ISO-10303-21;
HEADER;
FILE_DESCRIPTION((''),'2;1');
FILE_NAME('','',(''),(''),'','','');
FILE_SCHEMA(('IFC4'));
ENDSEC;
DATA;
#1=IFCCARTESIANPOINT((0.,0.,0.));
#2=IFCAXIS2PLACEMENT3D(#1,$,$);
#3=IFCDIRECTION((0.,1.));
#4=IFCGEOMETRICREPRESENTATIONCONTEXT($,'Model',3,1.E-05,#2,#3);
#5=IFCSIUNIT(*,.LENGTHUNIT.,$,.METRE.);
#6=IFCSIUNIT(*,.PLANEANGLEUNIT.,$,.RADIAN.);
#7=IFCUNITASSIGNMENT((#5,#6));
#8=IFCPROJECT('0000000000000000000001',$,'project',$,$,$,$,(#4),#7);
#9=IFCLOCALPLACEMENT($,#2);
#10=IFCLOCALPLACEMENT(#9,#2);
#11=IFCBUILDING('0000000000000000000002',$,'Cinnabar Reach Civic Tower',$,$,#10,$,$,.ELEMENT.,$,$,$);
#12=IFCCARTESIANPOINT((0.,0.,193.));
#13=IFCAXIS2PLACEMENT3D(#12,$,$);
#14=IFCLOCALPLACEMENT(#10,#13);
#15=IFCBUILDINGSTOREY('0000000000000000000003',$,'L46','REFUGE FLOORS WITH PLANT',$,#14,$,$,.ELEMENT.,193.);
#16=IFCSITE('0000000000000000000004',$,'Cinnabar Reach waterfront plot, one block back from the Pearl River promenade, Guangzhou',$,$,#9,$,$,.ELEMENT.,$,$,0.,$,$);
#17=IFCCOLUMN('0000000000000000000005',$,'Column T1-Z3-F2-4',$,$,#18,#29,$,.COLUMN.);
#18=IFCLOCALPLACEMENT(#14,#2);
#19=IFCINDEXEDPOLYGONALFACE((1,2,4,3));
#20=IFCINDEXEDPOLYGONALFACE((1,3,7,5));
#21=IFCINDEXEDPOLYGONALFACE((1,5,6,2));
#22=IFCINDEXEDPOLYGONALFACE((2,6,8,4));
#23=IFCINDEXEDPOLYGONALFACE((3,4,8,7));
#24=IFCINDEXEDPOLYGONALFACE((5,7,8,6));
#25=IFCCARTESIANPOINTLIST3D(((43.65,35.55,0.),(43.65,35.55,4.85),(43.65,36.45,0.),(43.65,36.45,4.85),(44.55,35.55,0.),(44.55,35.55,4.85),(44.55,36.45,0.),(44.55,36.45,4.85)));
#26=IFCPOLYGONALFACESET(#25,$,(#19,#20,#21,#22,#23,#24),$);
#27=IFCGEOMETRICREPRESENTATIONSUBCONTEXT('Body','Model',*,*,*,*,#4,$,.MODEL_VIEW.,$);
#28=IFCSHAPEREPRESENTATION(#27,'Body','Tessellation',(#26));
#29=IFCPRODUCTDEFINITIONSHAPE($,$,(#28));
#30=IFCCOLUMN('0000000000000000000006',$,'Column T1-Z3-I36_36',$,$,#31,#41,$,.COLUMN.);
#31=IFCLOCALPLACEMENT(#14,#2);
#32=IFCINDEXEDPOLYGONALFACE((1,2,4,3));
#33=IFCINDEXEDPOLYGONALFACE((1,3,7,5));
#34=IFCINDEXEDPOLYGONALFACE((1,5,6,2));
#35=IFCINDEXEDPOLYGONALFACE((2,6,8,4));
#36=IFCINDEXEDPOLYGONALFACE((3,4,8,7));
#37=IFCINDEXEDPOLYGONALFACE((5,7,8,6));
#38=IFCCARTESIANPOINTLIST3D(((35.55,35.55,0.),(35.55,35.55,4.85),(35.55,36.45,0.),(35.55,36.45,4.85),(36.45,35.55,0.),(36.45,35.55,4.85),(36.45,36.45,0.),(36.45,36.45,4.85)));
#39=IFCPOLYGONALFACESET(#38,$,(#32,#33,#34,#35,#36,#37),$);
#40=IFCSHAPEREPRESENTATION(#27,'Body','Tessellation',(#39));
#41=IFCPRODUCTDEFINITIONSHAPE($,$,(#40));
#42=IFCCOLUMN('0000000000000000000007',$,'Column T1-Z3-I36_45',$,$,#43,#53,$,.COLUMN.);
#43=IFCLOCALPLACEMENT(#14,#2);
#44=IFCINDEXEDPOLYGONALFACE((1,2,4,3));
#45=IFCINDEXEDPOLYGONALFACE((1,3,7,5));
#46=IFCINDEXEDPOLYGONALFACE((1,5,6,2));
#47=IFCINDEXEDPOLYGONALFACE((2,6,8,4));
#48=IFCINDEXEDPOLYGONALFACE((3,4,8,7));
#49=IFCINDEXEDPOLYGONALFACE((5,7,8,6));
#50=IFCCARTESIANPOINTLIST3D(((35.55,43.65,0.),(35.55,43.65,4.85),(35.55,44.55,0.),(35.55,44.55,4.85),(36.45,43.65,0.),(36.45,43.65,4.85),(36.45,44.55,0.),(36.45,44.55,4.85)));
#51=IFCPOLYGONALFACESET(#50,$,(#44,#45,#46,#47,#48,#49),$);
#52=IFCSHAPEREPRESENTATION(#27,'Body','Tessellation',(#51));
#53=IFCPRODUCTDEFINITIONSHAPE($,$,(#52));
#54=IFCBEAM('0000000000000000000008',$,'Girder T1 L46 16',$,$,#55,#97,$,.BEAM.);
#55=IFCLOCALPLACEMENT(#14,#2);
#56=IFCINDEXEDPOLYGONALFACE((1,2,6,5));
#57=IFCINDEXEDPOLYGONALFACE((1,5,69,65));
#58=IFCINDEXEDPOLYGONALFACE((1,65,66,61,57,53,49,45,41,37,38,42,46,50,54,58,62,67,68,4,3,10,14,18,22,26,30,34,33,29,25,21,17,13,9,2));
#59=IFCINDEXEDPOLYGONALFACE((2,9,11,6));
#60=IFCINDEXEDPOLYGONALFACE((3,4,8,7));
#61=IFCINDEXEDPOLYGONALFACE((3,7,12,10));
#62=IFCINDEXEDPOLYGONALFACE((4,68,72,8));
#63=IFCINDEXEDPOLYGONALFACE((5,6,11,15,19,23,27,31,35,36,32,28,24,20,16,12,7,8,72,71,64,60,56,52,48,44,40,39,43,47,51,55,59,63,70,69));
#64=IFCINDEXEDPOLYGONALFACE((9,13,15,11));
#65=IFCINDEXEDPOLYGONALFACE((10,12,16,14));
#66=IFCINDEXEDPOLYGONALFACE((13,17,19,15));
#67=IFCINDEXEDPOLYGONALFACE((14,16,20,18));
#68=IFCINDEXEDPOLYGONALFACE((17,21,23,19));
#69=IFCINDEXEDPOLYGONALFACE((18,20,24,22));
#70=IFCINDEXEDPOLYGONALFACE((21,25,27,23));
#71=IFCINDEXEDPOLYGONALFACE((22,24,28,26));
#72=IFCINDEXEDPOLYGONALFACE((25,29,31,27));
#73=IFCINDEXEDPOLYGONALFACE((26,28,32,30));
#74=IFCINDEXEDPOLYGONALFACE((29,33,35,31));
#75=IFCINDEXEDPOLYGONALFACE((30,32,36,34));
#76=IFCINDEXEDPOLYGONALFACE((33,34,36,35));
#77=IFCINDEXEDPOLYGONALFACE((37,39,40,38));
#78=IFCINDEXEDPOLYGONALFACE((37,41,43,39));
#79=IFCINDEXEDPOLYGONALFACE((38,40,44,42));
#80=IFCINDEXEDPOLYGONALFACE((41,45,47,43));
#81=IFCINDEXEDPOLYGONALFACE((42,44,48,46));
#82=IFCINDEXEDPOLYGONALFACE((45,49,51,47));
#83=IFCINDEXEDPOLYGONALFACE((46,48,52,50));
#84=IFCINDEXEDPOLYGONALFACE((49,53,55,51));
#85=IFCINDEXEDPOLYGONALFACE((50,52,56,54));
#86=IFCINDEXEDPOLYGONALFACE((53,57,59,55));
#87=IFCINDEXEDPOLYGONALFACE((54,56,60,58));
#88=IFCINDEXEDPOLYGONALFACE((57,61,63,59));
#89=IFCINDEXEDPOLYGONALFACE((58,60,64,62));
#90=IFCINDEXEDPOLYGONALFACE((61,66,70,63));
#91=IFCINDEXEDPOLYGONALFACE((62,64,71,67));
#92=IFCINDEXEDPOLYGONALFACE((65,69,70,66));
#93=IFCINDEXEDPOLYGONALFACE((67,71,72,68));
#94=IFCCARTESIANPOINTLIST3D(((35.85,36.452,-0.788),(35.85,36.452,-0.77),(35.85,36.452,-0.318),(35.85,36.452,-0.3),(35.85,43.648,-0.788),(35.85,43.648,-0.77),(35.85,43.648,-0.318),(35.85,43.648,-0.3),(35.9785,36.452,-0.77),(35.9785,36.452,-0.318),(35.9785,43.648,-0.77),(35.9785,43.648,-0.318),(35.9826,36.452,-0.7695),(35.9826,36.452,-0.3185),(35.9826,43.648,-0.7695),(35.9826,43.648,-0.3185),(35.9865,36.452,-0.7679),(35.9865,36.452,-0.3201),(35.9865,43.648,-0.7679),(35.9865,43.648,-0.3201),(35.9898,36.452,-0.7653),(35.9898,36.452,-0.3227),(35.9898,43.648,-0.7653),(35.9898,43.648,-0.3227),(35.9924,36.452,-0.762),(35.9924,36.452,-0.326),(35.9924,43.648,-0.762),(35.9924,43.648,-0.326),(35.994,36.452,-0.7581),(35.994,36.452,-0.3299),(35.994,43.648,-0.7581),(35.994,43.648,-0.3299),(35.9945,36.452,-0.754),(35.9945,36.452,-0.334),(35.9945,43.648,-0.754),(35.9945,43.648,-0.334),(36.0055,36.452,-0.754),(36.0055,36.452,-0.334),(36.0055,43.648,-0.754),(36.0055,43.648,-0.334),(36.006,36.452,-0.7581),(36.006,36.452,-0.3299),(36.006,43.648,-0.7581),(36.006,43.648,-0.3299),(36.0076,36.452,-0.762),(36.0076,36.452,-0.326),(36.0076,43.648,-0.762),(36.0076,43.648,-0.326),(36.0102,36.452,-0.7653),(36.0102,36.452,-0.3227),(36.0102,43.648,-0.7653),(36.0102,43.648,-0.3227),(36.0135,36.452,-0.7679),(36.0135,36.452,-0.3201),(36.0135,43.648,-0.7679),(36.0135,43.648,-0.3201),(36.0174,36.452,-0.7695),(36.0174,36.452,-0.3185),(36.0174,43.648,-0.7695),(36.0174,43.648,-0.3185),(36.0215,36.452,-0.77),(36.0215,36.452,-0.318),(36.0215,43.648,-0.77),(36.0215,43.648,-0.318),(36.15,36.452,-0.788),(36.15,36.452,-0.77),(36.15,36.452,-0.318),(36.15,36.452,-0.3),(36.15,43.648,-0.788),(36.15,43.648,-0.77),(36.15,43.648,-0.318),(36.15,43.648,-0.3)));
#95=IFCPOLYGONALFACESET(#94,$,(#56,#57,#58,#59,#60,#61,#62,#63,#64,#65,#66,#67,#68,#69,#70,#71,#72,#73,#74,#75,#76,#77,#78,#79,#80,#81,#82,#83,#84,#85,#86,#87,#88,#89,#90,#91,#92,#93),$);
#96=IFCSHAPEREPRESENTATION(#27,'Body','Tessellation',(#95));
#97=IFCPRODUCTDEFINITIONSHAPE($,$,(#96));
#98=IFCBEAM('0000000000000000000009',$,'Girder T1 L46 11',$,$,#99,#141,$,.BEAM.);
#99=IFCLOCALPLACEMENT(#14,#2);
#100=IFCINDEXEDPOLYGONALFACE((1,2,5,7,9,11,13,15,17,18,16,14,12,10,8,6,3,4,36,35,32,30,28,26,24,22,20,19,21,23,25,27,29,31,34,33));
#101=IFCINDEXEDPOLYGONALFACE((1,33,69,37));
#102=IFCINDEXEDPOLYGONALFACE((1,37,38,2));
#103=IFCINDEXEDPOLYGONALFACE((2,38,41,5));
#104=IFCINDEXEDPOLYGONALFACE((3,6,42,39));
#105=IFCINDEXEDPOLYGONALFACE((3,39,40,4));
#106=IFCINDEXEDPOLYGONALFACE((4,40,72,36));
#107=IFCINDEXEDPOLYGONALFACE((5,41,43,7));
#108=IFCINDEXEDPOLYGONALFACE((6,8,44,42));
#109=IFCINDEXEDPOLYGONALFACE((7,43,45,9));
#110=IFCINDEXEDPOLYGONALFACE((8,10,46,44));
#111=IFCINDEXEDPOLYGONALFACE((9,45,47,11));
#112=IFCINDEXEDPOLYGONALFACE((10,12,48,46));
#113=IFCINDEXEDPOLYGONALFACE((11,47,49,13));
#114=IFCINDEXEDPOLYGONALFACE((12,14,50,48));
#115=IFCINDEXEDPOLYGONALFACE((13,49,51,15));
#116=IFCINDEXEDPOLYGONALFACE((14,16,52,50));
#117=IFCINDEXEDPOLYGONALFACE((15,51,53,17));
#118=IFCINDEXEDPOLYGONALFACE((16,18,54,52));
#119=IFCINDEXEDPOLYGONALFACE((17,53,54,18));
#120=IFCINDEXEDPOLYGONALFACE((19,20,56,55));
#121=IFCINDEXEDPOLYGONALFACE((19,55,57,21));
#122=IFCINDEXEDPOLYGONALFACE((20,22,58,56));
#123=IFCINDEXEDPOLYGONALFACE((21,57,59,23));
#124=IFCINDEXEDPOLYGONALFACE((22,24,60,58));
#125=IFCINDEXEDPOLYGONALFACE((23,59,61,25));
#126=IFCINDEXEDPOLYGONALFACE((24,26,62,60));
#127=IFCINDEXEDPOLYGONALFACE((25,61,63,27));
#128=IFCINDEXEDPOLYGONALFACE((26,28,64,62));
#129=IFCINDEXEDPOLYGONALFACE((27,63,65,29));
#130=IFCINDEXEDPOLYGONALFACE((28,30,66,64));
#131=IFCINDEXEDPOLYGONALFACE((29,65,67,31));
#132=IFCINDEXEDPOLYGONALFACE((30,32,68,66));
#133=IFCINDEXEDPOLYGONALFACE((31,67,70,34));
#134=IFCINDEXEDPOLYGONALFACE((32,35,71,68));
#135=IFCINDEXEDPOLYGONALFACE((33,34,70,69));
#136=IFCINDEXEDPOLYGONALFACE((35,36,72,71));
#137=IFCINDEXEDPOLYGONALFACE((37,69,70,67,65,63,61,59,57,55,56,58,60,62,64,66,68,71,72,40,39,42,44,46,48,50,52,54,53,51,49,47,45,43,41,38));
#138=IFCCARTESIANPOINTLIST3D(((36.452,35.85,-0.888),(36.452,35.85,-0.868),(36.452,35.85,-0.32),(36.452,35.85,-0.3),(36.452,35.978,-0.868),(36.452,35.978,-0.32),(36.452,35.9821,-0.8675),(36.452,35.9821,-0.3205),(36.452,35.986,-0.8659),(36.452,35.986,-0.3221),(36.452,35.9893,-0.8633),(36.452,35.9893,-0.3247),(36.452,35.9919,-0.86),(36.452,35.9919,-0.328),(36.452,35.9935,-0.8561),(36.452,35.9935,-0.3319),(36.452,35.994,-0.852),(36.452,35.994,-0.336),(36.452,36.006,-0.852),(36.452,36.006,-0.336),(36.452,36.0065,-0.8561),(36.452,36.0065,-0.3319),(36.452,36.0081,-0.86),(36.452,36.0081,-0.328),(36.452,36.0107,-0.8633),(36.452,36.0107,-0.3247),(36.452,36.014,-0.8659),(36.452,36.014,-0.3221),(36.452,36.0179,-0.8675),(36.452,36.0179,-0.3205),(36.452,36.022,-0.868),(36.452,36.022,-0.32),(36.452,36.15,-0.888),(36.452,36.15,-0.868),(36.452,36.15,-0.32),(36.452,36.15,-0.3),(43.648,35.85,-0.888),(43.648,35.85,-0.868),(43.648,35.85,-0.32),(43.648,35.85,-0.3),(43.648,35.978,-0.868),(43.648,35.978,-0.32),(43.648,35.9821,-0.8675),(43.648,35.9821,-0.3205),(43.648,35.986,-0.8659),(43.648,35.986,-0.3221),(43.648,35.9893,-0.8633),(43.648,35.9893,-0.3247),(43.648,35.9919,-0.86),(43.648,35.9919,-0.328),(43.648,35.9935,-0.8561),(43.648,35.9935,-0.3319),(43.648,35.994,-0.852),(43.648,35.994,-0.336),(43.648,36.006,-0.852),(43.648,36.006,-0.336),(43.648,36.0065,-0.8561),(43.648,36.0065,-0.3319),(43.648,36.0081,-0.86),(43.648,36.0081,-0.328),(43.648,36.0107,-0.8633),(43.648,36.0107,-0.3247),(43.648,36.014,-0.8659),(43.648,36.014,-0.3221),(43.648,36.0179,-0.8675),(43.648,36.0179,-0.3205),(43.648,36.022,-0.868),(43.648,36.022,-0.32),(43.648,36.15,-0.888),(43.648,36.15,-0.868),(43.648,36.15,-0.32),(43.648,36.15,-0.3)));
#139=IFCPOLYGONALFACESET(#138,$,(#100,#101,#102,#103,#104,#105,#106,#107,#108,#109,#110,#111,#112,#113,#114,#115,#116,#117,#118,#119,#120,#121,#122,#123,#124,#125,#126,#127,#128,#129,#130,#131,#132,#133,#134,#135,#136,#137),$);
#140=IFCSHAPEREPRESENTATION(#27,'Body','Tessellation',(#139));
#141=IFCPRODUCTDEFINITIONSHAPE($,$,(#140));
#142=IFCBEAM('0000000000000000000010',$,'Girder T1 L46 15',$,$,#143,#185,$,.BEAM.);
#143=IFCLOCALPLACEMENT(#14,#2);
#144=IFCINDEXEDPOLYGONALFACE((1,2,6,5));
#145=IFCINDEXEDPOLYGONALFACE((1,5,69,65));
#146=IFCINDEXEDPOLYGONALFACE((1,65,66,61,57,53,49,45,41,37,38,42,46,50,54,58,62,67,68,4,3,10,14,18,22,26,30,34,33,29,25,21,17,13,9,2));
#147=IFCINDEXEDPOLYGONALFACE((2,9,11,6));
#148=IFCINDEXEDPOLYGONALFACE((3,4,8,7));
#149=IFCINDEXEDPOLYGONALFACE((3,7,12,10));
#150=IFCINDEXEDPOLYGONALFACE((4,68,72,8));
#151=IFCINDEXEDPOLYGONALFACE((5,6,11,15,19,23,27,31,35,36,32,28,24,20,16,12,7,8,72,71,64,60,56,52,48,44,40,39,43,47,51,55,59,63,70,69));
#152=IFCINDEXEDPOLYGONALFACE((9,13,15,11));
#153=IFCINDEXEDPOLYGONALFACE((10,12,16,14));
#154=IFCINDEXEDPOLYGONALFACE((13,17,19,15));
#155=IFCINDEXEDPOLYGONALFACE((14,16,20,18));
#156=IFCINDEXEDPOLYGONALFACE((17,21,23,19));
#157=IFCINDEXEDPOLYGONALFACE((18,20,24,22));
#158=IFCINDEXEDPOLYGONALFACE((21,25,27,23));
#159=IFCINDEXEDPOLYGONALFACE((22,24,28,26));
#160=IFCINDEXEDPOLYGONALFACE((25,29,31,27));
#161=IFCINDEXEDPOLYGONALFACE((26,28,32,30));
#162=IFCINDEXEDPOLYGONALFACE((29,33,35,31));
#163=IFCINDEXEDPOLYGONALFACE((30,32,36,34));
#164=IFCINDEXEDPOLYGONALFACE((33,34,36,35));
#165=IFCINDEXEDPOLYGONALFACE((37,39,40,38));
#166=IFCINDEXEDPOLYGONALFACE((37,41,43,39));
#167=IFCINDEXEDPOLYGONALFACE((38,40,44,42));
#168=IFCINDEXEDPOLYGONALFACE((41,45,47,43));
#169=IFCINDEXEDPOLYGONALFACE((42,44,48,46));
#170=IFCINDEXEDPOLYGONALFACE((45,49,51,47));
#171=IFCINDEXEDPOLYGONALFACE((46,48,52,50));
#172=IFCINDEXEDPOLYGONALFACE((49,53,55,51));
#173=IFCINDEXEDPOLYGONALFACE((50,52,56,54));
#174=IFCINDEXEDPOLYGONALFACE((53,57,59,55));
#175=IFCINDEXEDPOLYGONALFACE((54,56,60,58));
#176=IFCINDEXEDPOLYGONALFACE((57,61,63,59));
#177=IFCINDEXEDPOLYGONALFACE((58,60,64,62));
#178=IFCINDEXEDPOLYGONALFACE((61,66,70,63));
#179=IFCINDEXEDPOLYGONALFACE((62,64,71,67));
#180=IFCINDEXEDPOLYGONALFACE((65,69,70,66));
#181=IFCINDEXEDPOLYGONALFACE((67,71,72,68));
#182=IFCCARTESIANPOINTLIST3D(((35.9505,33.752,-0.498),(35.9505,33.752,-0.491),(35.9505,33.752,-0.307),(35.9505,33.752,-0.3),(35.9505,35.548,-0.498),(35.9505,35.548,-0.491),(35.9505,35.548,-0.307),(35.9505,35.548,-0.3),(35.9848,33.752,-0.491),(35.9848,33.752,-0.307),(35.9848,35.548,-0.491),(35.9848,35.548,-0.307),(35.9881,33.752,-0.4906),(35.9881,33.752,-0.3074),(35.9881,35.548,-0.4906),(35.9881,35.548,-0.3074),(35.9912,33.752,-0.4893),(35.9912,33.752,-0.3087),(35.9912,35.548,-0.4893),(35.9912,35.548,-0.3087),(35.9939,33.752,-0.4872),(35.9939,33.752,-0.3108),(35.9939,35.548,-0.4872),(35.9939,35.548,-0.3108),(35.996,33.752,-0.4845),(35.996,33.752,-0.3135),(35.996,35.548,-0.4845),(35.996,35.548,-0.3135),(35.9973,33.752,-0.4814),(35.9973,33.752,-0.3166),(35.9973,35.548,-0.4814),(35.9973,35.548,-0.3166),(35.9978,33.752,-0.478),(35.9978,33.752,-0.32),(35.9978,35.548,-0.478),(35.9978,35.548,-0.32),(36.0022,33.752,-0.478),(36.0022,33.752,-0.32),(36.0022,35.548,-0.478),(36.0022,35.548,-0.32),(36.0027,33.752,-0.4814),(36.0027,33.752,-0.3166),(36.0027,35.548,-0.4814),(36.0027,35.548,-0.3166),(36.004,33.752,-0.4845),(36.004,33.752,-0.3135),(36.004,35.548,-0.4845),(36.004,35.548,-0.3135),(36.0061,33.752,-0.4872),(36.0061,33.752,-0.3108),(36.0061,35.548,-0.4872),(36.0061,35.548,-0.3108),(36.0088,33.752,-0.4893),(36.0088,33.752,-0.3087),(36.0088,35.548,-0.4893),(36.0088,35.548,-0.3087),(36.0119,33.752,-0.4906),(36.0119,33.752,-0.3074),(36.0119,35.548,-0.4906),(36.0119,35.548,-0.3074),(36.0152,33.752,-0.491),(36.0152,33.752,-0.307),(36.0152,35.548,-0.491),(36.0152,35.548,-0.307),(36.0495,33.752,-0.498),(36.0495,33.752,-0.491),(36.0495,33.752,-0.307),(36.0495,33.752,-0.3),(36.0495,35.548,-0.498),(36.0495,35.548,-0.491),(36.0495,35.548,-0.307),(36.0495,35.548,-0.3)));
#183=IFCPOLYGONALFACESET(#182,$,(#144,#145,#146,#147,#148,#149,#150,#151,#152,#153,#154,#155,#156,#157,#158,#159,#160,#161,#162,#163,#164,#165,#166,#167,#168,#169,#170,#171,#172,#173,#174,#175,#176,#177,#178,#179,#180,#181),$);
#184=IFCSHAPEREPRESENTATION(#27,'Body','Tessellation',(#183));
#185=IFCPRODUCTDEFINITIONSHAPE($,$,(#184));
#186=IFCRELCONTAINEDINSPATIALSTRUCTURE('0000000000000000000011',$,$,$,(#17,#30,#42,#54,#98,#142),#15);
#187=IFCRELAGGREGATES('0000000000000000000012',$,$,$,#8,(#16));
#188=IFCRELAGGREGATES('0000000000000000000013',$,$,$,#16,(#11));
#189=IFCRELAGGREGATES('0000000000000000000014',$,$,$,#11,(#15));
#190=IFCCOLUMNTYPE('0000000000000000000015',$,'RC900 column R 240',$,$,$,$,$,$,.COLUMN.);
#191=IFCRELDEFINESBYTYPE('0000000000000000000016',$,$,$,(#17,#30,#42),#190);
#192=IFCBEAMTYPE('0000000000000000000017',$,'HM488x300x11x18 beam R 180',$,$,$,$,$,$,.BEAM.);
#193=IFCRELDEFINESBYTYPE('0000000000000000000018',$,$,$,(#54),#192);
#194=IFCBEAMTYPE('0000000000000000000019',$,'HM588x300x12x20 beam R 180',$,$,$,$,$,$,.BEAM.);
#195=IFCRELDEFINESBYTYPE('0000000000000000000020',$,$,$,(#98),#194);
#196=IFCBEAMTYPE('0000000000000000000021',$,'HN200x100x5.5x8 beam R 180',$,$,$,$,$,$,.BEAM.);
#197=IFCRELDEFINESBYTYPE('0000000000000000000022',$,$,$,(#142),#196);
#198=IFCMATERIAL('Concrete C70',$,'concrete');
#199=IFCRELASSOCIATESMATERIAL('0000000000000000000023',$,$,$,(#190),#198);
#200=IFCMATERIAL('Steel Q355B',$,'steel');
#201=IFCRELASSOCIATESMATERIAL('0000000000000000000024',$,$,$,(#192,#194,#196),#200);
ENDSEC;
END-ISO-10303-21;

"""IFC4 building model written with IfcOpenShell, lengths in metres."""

from ifc_helpers import new_model, si_unit, direction, frame, origin, origin_2d, place, context, subcontext, project, spatial, rectangle, i_section, extrude, material, material_profile, profile_set, type_object, element, save


model = new_model("IFC4")

# Units and contexts
model_context = context("Model", 3, precision=1e-05, world=origin(), true_north=direction((0.0, 1.0)))
body_context = subcontext(model_context, "Body", "Model", "MODEL_VIEW")
ifc_project = project(units=[si_unit("LENGTHUNIT", "METRE"), si_unit("PLANEANGLEUNIT", "RADIAN")], contexts=[model_context])

# Site, building, storey
site_placement = place(None, origin())
site = spatial("IfcSite", under=ifc_project, at=site_placement, Name="Cinnabar Reach waterfront plot, one block back from the Pearl River promenade, Guangzhou", CompositionType="ELEMENT", RefElevation=0.0)
building_placement = place(site_placement, origin())
building = spatial("IfcBuilding", under=site, at=building_placement, Name="Cinnabar Reach Civic Tower", CompositionType="ELEMENT")
storey_placement = place(building_placement, frame((0.0, 0.0, 193.0)))
storey = spatial("IfcBuildingStorey", under=building, at=storey_placement, Name="L46", Description="REFUGE FLOORS WITH PLANT", CompositionType="ELEMENT", Elevation=193.0)

# Columns
ifc_material_1 = material(Name="Concrete C70", Category="concrete")
ifc_material_profile_1 = material_profile(ifc_material_1, rectangle(XDim=0.9, YDim=0.9, at=origin_2d()), Name="RC900")
ifc_profile_set_1 = profile_set([ifc_material_profile_1], Name="Concrete C70")
column_type = type_object("IfcColumnType", Name="RC900 column R 240", PredefinedType="COLUMN", material=ifc_profile_set_1)
for number, where, z_axis, x_axis, name in (
    (1, (44.1, 36.0, 0.0), (0.0, 0.0, 1.0), (1.0, 0.0, 0.0), "Column T1-Z3-F2-4"),
    (2, (36.0, 36.0, 0.0), (0.0, 0.0, 1.0), (1.0, 0.0, 0.0), "Column T1-Z3-I36_36"),
    (3, (36.0, 44.1, 0.0), (0.0, 0.0, 1.0), (1.0, 0.0, 0.0), "Column T1-Z3-I36_45"),
):
    element("IfcColumn", number, at=place(storey_placement, frame(where, z_axis=z_axis, x_axis=x_axis)), inside=storey, type_object=column_type, Name=name, PredefinedType="COLUMN", context=body_context, shape_type="SweptSolid", body=[
        extrude(rectangle(XDim=0.9, YDim=0.9, at=origin_2d()), origin(), (0.0, 0.0, 1.0), 4.85),
    ])

# Beams
ifc_material_2 = material(Name="Steel Q355B", Category="steel")
ifc_material_profile_2 = material_profile(ifc_material_2, i_section(OverallWidth=0.3, OverallDepth=0.488, WebThickness=0.011, FlangeThickness=0.018, FilletRadius=0.016, at=origin_2d()), Name="HM488x300x11x18")
ifc_profile_set_2 = profile_set([ifc_material_profile_2], Name="Steel Q355B")
beam_type_1 = type_object("IfcBeamType", Name="HM488x300x11x18 beam R 180", PredefinedType="BEAM", material=ifc_profile_set_2)
beam_1_placement = place(storey_placement, frame((36.0, 36.452, -0.544), z_axis=(0.0, 1.0, 0.0), x_axis=(-1.0, 0.0, 0.0)))
element("IfcBeam", 4, at=beam_1_placement, inside=storey, type_object=beam_type_1, Name="Girder T1 L46 16", PredefinedType="BEAM", context=body_context, shape_type="SweptSolid", body=[
    extrude(i_section(OverallWidth=0.3, OverallDepth=0.488, WebThickness=0.011, FlangeThickness=0.018, FilletRadius=0.016, at=origin_2d()), origin(), (0.0, 0.0, 1.0), 7.196),
])
ifc_material_profile_3 = material_profile(ifc_material_2, i_section(OverallWidth=0.3, OverallDepth=0.588, WebThickness=0.012, FlangeThickness=0.02, FilletRadius=0.016, at=origin_2d()), Name="HM588x300x12x20")
ifc_profile_set_3 = profile_set([ifc_material_profile_3], Name="Steel Q355B")
beam_type_2 = type_object("IfcBeamType", Name="HM588x300x12x20 beam R 180", PredefinedType="BEAM", material=ifc_profile_set_3)
beam_2_placement = place(storey_placement, frame((36.452, 36.0, -0.594), z_axis=(1.0, 0.0, 0.0), x_axis=(0.0, 1.0, 0.0)))
element("IfcBeam", 5, at=beam_2_placement, inside=storey, type_object=beam_type_2, Name="Girder T1 L46 11", PredefinedType="BEAM", context=body_context, shape_type="SweptSolid", body=[
    extrude(i_section(OverallWidth=0.3, OverallDepth=0.588, WebThickness=0.012, FlangeThickness=0.02, FilletRadius=0.016, at=origin_2d()), origin(), (0.0, 0.0, 1.0), 7.196),
])
ifc_material_profile_4 = material_profile(ifc_material_2, i_section(OverallWidth=0.099, OverallDepth=0.198, WebThickness=0.0045, FlangeThickness=0.007, FilletRadius=0.013, at=origin_2d()), Name="HN200x100x5.5x8")
ifc_profile_set_4 = profile_set([ifc_material_profile_4], Name="Steel Q355B")
beam_type_3 = type_object("IfcBeamType", Name="HN200x100x5.5x8 beam R 180", PredefinedType="BEAM", material=ifc_profile_set_4)
beam_3_placement = place(storey_placement, frame((36.0, 33.752, -0.399), z_axis=(0.0, 1.0, 0.0), x_axis=(-1.0, 0.0, 0.0)))
element("IfcBeam", 6, at=beam_3_placement, inside=storey, type_object=beam_type_3, Name="Girder T1 L46 15", PredefinedType="BEAM", context=body_context, shape_type="SweptSolid", body=[
    extrude(i_section(OverallWidth=0.099, OverallDepth=0.198, WebThickness=0.0045, FlangeThickness=0.007, FilletRadius=0.013, at=origin_2d()), origin(), (0.0, 0.0, 1.0), 1.796),
])

save(model, "model.ifc")
